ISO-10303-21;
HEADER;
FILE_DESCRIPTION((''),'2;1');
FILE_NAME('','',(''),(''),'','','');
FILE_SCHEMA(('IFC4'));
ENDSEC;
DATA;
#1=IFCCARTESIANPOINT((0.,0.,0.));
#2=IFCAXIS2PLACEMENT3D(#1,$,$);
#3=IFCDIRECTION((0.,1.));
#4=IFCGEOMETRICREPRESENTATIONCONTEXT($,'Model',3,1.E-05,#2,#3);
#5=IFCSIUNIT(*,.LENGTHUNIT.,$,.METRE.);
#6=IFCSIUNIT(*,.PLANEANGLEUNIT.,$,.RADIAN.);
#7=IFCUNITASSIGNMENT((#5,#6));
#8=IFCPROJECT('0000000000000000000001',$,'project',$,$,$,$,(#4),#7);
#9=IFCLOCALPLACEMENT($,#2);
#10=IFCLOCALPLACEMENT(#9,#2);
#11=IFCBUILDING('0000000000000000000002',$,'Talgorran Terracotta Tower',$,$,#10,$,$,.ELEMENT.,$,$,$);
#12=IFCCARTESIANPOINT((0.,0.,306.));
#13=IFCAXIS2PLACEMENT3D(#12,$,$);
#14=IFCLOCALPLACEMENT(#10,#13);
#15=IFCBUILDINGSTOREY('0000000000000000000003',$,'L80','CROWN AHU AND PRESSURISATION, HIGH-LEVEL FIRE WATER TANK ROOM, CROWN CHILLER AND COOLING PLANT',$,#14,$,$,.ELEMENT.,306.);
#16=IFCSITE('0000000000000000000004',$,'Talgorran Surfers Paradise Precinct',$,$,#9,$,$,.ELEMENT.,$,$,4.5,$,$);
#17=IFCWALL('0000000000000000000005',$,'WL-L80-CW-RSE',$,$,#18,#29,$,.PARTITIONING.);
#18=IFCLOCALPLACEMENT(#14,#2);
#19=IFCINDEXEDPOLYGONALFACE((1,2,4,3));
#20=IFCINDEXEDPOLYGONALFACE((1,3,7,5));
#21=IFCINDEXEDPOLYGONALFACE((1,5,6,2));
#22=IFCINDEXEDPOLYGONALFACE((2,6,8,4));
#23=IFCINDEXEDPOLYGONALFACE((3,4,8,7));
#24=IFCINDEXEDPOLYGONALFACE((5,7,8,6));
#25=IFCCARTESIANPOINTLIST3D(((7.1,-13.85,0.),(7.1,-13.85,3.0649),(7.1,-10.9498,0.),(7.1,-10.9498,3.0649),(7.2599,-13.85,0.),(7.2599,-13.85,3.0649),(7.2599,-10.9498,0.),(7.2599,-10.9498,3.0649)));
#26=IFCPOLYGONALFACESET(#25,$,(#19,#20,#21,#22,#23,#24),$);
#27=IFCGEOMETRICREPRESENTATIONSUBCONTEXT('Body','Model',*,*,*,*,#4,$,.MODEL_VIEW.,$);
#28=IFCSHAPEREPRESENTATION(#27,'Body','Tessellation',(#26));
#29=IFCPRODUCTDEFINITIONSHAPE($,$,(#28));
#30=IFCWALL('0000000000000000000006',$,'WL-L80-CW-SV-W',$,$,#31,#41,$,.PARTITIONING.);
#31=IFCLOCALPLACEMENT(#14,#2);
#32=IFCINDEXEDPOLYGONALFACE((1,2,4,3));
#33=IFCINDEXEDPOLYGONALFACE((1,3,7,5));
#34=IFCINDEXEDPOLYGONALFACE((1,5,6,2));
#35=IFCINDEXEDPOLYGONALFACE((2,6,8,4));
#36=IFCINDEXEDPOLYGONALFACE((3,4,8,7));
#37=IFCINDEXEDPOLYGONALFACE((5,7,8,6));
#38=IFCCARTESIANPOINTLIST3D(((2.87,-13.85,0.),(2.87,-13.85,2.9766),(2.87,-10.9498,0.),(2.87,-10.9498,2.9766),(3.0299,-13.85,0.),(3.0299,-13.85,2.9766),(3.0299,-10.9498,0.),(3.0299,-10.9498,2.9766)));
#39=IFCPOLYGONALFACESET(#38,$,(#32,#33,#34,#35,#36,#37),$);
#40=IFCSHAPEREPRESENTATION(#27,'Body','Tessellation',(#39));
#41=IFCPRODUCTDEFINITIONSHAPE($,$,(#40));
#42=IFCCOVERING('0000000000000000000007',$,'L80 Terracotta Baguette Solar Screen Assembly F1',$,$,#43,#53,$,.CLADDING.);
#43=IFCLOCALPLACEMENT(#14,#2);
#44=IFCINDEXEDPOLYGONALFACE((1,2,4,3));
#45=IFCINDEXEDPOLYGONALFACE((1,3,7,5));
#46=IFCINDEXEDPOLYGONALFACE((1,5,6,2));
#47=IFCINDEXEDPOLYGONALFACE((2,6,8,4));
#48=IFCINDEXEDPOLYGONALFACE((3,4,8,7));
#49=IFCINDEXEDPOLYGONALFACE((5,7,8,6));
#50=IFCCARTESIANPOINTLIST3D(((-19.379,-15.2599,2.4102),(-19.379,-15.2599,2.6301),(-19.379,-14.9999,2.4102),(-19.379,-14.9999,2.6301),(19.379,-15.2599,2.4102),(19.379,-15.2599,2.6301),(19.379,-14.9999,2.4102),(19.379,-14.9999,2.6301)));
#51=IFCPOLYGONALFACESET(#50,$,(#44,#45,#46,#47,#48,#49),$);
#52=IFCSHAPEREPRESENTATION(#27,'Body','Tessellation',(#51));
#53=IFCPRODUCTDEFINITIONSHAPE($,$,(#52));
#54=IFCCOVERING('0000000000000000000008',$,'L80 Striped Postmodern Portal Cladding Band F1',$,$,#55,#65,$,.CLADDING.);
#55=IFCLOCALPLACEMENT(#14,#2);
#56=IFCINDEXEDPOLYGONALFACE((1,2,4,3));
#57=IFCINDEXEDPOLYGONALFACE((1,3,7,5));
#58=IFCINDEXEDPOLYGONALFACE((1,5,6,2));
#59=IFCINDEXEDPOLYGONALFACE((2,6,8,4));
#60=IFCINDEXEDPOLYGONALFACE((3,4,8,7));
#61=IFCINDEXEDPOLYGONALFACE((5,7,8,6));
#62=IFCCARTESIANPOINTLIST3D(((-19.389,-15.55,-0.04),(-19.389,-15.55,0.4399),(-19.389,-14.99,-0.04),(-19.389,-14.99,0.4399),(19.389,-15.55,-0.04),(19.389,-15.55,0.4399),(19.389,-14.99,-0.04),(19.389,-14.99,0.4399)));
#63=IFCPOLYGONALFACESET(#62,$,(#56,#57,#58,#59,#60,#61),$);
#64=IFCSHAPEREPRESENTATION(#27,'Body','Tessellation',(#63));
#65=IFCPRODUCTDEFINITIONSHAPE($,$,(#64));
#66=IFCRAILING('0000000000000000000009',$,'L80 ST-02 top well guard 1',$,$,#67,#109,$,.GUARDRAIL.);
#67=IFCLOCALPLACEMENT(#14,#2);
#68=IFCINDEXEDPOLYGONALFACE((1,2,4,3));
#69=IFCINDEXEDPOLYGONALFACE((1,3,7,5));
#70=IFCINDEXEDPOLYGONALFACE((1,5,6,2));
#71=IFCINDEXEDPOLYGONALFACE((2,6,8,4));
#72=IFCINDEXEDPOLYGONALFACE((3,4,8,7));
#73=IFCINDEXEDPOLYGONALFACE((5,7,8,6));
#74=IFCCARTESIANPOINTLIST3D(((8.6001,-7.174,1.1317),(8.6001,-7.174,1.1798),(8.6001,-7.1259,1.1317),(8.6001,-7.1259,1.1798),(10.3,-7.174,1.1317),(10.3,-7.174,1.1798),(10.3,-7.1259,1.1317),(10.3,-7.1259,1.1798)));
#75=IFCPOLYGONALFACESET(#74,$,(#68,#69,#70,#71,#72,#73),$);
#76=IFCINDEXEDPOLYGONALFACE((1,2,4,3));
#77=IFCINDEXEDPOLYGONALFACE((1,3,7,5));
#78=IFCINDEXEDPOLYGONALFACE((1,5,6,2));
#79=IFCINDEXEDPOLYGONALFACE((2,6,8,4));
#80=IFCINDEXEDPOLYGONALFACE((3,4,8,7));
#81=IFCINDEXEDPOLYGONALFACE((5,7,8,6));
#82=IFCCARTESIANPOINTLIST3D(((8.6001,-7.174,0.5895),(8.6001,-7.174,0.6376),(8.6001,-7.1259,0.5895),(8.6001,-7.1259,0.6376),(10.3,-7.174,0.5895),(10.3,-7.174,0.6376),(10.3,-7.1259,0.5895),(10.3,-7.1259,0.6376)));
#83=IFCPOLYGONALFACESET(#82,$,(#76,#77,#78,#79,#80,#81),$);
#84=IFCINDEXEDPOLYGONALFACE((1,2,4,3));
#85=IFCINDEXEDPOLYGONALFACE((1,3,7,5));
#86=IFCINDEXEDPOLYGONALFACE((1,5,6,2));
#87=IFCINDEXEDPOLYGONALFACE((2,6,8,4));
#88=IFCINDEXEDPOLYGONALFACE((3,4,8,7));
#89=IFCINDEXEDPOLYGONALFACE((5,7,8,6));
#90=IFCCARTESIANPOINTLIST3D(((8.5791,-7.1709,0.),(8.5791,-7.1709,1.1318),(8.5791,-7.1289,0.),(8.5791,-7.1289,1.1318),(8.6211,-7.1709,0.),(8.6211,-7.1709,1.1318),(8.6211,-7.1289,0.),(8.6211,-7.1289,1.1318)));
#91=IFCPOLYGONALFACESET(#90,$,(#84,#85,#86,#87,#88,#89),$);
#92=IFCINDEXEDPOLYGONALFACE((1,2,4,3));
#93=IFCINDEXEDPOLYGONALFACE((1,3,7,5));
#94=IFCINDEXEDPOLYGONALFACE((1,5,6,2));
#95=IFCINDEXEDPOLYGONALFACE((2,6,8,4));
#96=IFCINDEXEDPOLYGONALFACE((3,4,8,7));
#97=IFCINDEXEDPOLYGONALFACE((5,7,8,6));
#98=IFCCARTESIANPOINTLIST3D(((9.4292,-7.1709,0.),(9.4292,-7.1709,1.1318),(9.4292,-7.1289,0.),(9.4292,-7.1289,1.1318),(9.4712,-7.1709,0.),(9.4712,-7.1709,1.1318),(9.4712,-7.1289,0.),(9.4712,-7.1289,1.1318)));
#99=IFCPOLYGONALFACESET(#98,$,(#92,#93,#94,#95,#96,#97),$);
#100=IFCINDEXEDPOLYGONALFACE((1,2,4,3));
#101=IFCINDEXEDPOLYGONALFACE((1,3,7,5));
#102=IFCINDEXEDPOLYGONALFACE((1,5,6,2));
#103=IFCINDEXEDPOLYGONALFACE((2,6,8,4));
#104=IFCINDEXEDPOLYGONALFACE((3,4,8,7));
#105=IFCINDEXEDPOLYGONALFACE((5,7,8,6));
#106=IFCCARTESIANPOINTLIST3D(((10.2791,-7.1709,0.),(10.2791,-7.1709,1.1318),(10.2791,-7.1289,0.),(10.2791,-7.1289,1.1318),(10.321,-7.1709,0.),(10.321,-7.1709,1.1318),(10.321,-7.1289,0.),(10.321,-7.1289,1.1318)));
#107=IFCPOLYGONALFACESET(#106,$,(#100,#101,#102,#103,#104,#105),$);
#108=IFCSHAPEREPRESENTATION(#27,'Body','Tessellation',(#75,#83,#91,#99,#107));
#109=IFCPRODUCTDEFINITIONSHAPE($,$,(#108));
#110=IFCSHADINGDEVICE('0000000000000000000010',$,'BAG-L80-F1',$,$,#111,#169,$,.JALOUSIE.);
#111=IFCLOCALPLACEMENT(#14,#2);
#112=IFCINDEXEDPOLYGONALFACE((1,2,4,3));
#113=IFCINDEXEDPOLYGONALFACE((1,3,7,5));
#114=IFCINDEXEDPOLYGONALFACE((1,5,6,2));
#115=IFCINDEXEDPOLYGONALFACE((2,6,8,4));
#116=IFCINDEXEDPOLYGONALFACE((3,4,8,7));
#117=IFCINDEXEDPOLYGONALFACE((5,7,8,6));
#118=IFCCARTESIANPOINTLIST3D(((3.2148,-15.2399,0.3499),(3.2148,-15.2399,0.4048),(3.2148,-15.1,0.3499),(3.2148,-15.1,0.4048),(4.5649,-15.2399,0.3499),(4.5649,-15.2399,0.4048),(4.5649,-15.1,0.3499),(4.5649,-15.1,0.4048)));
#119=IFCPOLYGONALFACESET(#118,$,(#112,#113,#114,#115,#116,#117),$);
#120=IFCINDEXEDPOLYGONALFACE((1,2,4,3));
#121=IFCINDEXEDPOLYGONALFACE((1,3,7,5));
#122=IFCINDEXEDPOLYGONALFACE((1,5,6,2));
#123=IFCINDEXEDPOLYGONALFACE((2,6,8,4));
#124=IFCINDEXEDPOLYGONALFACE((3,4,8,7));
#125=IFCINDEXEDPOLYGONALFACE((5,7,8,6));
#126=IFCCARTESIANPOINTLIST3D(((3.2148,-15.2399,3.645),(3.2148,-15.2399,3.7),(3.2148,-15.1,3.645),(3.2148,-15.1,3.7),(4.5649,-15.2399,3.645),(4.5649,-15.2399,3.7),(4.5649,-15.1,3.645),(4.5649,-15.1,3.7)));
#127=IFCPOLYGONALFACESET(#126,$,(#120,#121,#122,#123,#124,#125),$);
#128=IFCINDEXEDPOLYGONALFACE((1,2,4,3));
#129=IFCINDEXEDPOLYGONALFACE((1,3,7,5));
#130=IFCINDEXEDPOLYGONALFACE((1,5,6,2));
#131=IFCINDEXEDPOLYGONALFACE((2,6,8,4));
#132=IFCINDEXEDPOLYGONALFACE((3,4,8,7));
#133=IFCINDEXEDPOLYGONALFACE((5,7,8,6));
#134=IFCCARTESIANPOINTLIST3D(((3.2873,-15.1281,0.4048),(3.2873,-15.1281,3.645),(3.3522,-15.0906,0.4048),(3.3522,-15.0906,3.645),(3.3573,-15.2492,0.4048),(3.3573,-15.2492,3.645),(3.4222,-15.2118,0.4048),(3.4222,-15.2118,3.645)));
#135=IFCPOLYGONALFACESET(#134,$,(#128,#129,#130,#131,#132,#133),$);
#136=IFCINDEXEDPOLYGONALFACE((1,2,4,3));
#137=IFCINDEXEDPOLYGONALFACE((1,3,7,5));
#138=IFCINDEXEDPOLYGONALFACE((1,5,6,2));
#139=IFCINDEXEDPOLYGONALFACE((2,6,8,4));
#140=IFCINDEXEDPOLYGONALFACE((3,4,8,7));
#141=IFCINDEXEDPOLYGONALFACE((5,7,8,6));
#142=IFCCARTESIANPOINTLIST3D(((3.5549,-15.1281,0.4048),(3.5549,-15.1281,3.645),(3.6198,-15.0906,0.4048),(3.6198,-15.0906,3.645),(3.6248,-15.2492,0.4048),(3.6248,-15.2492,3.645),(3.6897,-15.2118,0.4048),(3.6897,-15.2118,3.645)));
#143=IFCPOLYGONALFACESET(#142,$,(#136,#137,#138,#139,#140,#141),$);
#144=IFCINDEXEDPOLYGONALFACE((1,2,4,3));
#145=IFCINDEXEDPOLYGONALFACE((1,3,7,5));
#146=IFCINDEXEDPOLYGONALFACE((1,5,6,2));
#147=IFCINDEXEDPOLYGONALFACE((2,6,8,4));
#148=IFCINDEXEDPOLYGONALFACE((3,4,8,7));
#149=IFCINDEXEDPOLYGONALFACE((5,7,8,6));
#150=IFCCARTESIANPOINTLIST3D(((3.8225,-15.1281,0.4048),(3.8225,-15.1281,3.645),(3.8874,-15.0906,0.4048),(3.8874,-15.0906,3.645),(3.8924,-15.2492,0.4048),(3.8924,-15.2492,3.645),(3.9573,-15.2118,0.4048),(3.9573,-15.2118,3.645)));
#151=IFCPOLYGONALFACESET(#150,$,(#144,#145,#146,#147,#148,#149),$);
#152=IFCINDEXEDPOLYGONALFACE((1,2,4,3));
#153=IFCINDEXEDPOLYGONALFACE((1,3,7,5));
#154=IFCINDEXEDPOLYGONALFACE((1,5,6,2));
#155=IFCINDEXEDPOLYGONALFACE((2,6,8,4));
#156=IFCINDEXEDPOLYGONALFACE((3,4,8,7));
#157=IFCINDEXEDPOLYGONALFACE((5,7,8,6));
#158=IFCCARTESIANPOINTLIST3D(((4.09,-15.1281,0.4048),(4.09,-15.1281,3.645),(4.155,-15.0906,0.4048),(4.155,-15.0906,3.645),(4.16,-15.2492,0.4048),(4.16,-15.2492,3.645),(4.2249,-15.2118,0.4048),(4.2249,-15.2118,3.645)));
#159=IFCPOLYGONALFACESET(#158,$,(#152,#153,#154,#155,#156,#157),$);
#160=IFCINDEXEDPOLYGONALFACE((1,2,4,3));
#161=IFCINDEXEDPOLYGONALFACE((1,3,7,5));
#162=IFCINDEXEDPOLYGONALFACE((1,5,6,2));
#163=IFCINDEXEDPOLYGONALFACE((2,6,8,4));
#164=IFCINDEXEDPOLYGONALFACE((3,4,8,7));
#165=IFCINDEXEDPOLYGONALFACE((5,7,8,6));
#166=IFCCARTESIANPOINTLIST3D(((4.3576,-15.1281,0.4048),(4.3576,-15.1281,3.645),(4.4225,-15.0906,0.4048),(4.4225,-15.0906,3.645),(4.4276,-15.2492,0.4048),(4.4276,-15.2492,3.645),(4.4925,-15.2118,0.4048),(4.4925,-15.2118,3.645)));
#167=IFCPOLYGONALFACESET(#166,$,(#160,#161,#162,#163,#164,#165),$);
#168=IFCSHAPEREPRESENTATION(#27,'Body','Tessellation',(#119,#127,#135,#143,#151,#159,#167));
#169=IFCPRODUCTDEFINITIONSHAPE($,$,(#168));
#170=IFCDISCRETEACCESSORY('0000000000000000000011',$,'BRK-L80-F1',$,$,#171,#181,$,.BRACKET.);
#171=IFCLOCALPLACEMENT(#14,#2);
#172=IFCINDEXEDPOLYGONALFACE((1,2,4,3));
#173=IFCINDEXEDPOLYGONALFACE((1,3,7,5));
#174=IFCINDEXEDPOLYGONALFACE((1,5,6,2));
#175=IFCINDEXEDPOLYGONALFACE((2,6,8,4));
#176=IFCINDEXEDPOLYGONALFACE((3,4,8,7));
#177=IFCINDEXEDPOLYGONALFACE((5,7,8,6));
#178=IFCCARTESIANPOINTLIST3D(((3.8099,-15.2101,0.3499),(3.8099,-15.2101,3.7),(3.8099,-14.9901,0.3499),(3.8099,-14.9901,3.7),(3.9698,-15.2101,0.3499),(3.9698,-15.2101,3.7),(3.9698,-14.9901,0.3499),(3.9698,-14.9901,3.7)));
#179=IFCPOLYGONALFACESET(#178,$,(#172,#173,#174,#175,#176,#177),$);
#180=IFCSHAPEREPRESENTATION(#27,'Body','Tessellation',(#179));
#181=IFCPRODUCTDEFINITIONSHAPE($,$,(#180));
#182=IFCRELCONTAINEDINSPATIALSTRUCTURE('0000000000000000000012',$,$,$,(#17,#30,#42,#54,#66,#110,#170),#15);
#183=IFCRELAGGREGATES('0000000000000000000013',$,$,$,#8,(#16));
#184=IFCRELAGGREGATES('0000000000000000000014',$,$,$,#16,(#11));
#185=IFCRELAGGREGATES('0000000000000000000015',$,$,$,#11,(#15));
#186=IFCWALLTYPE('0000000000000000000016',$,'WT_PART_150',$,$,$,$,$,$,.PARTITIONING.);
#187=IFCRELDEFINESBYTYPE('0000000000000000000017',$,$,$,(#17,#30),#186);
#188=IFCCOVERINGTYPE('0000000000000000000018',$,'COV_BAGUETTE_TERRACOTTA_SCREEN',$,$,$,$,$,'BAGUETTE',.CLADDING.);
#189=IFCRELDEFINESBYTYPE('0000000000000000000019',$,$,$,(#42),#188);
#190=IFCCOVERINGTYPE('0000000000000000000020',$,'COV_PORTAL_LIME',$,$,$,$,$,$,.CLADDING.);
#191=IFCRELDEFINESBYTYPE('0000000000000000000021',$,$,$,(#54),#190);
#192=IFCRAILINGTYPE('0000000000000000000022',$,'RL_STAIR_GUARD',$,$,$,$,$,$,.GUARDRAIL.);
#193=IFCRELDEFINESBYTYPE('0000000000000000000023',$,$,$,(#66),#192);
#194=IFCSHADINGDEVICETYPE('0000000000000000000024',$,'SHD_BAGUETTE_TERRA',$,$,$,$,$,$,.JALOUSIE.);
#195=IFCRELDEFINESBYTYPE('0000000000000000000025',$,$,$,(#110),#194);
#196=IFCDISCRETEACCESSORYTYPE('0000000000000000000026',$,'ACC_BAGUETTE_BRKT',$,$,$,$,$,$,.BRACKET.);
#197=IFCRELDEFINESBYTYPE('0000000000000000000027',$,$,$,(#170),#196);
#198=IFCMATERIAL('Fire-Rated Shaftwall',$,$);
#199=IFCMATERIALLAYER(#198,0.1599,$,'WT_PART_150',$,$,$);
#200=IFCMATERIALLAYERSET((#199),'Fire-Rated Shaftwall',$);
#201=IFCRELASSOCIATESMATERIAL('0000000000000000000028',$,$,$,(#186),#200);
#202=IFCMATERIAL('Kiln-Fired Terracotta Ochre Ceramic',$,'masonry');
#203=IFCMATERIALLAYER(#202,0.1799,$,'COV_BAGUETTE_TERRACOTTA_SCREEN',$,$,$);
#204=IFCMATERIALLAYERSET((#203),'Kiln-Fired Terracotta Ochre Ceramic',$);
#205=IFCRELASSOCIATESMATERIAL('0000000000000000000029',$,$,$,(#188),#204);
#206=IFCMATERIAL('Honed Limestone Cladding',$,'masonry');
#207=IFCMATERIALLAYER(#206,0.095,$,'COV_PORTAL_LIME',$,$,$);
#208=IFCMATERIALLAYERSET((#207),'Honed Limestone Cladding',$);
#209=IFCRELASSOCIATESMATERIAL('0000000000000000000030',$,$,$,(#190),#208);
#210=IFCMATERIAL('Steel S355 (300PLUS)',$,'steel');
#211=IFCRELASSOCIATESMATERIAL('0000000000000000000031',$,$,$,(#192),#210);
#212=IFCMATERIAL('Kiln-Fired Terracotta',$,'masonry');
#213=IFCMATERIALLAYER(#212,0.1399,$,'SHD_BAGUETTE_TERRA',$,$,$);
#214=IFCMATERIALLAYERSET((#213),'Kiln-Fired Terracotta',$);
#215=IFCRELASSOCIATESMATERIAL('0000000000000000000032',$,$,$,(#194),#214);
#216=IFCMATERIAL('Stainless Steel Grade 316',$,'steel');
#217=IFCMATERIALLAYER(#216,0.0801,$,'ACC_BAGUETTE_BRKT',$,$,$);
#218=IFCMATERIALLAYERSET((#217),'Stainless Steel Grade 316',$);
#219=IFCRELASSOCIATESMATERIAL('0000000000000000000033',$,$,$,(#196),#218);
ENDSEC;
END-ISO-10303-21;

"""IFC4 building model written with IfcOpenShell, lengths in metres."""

from ifc_helpers import new_model, si_unit, direction, frame, frame_2d, origin, origin_2d, place, context, subcontext, project, spatial, rectangle, extrude, source, transform, mapped, material, layer, layer_set, type_object, type_shapes, element, save


model = new_model("IFC4")

# Units and contexts
model_context = context("Model", 3, precision=1e-05, world=origin(), true_north=direction((0.0, 1.0)))
body_context = subcontext(model_context, "Body", "Model", "MODEL_VIEW")
ifc_project = project(units=[si_unit("LENGTHUNIT", "METRE"), si_unit("PLANEANGLEUNIT", "RADIAN")], contexts=[model_context])

# Site, building, storey
site_placement = place(None, origin())
site = spatial("IfcSite", under=ifc_project, at=site_placement, Name="Talgorran Surfers Paradise Precinct", CompositionType="ELEMENT", RefElevation=4.5)
building_placement = place(site_placement, origin())
building = spatial("IfcBuilding", under=site, at=building_placement, Name="Talgorran Terracotta Tower", CompositionType="ELEMENT")
storey_placement = place(building_placement, frame((0.0, 0.0, 306.0)))
storey = spatial("IfcBuildingStorey", under=building, at=storey_placement, Name="L80", Description="CROWN AHU AND PRESSURISATION, HIGH-LEVEL FIRE WATER TANK ROOM, CROWN CHILLER AND COOLING PLANT", CompositionType="ELEMENT", Elevation=306.0)

# Shared definitions
ifc_material_1 = material(Name="Steel S355 (300PLUS)", Category="steel")

# Walls
ifc_material_2 = material(Name="Fire-Rated Shaftwall")
ifc_layer_1 = layer(ifc_material_2, 0.1599, Name="WT_PART_150")
ifc_layer_set_1 = layer_set([ifc_layer_1], Name="Fire-Rated Shaftwall")
wall_type_1 = type_object("IfcWallType", Name="WT_PART_150", PredefinedType="PARTITIONING", material=ifc_layer_set_1)
wall_1_placement = place(storey_placement, frame((7.1799, -13.8501, 0.0), z_axis=(0.0, 0.0, 1.0), x_axis=(0.0, 1.0, 0.0)))
element("IfcWall", 1, at=wall_1_placement, inside=storey, type_object=wall_type_1, Name="WL-L80-CW-RSE", PredefinedType="PARTITIONING", context=body_context, shape_type="SweptSolid", body=[
    extrude(rectangle(XDim=2.9001, YDim=0.1599, at=frame_2d((1.4502, 0.0))), origin(), (0.0, 0.0, 1.0), 3.0649),
])
wall_2_placement = place(storey_placement, frame((2.95, -13.8501, 0.0), z_axis=(0.0, 0.0, 1.0), x_axis=(0.0, 1.0, 0.0)))
element("IfcWall", 2, at=wall_2_placement, inside=storey, type_object=wall_type_1, Name="WL-L80-CW-SV-W", PredefinedType="PARTITIONING", context=body_context, shape_type="SweptSolid", body=[
    extrude(rectangle(XDim=2.9001, YDim=0.1599, at=frame_2d((1.4502, 0.0))), origin(), (0.0, 0.0, 1.0), 2.9766),
])

# Coverings
ifc_material_3 = material(Name="Kiln-Fired Terracotta Ochre Ceramic", Category="masonry")
ifc_layer_2 = layer(ifc_material_3, 0.1799, Name="COV_BAGUETTE_TERRACOTTA_SCREEN")
ifc_layer_set_2 = layer_set([ifc_layer_2], Name="Kiln-Fired Terracotta Ochre Ceramic")
covering_type_1 = type_object("IfcCoveringType", Name="COV_BAGUETTE_TERRACOTTA_SCREEN", ElementType="BAGUETTE", PredefinedType="CLADDING", material=ifc_layer_set_2)
covering_1_placement = place(storey_placement, frame((0.0, -15.1299, 2.4102), z_axis=(0.0, 0.0, 1.0), x_axis=(1.0, 0.0, 0.0)))
element("IfcCovering", 3, at=covering_1_placement, inside=storey, type_object=covering_type_1, Name="L80 Terracotta Baguette Solar Screen Assembly F1", PredefinedType="CLADDING", context=body_context, shape_type="SweptSolid", body=[
    extrude(rectangle(XDim=38.7581, YDim=0.26, at=origin_2d()), origin(), (0.0, 0.0, 1.0), 0.22),
])
ifc_material_4 = material(Name="Honed Limestone Cladding", Category="masonry")
ifc_layer_3 = layer(ifc_material_4, 0.095, Name="COV_PORTAL_LIME")
ifc_layer_set_3 = layer_set([ifc_layer_3], Name="Honed Limestone Cladding")
covering_type_2 = type_object("IfcCoveringType", Name="COV_PORTAL_LIME", PredefinedType="CLADDING", material=ifc_layer_set_3)
covering_2_placement = place(storey_placement, frame((0.0, -15.27, -0.04), z_axis=(0.0, 0.0, 1.0), x_axis=(1.0, 0.0, 0.0)))
element("IfcCovering", 4, at=covering_2_placement, inside=storey, type_object=covering_type_2, Name="L80 Striped Postmodern Portal Cladding Band F1", PredefinedType="CLADDING", context=body_context, shape_type="SweptSolid", body=[
    extrude(rectangle(XDim=38.7781, YDim=0.5601, at=origin_2d()), origin(), (0.0, 0.0, 1.0), 0.48),
])

# Railing
railing_type = type_object("IfcRailingType", Name="RL_STAIR_GUARD", PredefinedType="GUARDRAIL", material=ifc_material_1)
railing_placement = place(storey_placement, frame((8.6001, -7.1499, 0.0)))
element("IfcRailing", 5, at=railing_placement, inside=storey, type_object=railing_type, Name="L80 ST-02 top well guard 1", PredefinedType="GUARDRAIL", context=body_context, shape_type="SweptSolid", body=[
    extrude(rectangle(XDim=0.0481, YDim=0.0481, at=origin_2d()), frame((0.0, 0.0, 1.1558), z_axis=(1.0, 0.0, 0.0), x_axis=(0.0, 1.0, 0.0)), (0.0, 0.0, 1.0), 1.7),
    extrude(rectangle(XDim=0.0481, YDim=0.0481, at=origin_2d()), frame((0.0, 0.0, 0.6135), z_axis=(1.0, 0.0, 0.0), x_axis=(0.0, 1.0, 0.0)), (0.0, 0.0, 1.0), 1.7),
    extrude(rectangle(XDim=0.042, YDim=0.042, at=origin_2d()), origin(), (0.0, 0.0, 1.0), 1.1318),
    extrude(rectangle(XDim=0.042, YDim=0.042, at=origin_2d()), frame((0.8501, 0.0, 0.0)), (0.0, 0.0, 1.0), 1.1318),
    extrude(rectangle(XDim=0.042, YDim=0.042, at=origin_2d()), frame((1.7, 0.0, 0.0)), (0.0, 0.0, 1.0), 1.1318),
])

# Shading device
ifc_material_5 = material(Name="Kiln-Fired Terracotta", Category="masonry")
ifc_layer_4 = layer(ifc_material_5, 0.1399, Name="SHD_BAGUETTE_TERRA")
ifc_layer_set_4 = layer_set([ifc_layer_4], Name="Kiln-Fired Terracotta")
shading_device_type = type_object("IfcShadingDeviceType", Name="SHD_BAGUETTE_TERRA", PredefinedType="JALOUSIE", material=ifc_layer_set_4)
shared_shape_1 = source(origin(), body_context, "Body", "SweptSolid", [
    extrude(rectangle(XDim=1.3501, YDim=0.1399, at=origin_2d()), origin(), (0.0, 0.0, 1.0), 0.0549),
    extrude(rectangle(XDim=1.3501, YDim=0.1399, at=origin_2d()), frame((0.0, 0.0, 3.2952)), (0.0, 0.0, 1.0), 0.0549),
    extrude(rectangle(XDim=0.075, YDim=0.1399, at=origin_2d()), frame((-0.5352, 0.0, 0.0549), z_axis=(0.0, 0.0, 1.0), x_axis=(0.866025, 0.5, 0.0)), (0.0, 0.0, 1.0), 3.2402),
    extrude(rectangle(XDim=0.075, YDim=0.1399, at=origin_2d()), frame((-0.2676, 0.0, 0.0549), z_axis=(0.0, 0.0, 1.0), x_axis=(0.866025, 0.5, 0.0)), (0.0, 0.0, 1.0), 3.2402),
    extrude(rectangle(XDim=0.075, YDim=0.1399, at=origin_2d()), frame((0.0, 0.0, 0.0549), z_axis=(0.0, 0.0, 1.0), x_axis=(0.866025, 0.5, 0.0)), (0.0, 0.0, 1.0), 3.2402),
    extrude(rectangle(XDim=0.075, YDim=0.1399, at=origin_2d()), frame((0.2676, 0.0, 0.0549), z_axis=(0.0, 0.0, 1.0), x_axis=(0.866025, 0.5, 0.0)), (0.0, 0.0, 1.0), 3.2402),
    extrude(rectangle(XDim=0.075, YDim=0.1399, at=origin_2d()), frame((0.5352, 0.0, 0.0549), z_axis=(0.0, 0.0, 1.0), x_axis=(0.866025, 0.5, 0.0)), (0.0, 0.0, 1.0), 3.2402),
])
type_shapes(shading_device_type, [shared_shape_1])
shading_device_placement = place(storey_placement, frame((3.8899, -15.1699, 0.3499), z_axis=(0.0, 0.0, 1.0), x_axis=(1.0, 0.0, 0.0)))
element("IfcShadingDevice", 6, at=shading_device_placement, inside=storey, type_object=shading_device_type, Name="BAG-L80-F1", PredefinedType="JALOUSIE", context=body_context, shape_type="MappedRepresentation", body=[
    mapped(shared_shape_1, transform((0.0, 0.0, 0.0), scale=1.0)),
])

# Discrete accessory
ifc_material_6 = material(Name="Stainless Steel Grade 316", Category="steel")
ifc_layer_5 = layer(ifc_material_6, 0.0801, Name="ACC_BAGUETTE_BRKT")
ifc_layer_set_5 = layer_set([ifc_layer_5], Name="Stainless Steel Grade 316")
discrete_accessory_type = type_object("IfcDiscreteAccessoryType", Name="ACC_BAGUETTE_BRKT", PredefinedType="BRACKET", material=ifc_layer_set_5)
shared_shape_2 = source(origin(), body_context, "Body", "SweptSolid", [
    extrude(rectangle(XDim=0.1599, YDim=0.22, at=origin_2d()), origin(), (0.0, 0.0, 1.0), 3.3501),
])
type_shapes(discrete_accessory_type, [shared_shape_2])
discrete_accessory_placement = place(storey_placement, frame((3.8899, -15.1001, 0.3499), z_axis=(0.0, 0.0, 1.0), x_axis=(1.0, 0.0, 0.0)))
element("IfcDiscreteAccessory", 7, at=discrete_accessory_placement, inside=storey, type_object=discrete_accessory_type, Name="BRK-L80-F1", PredefinedType="BRACKET", context=body_context, shape_type="MappedRepresentation", body=[
    mapped(shared_shape_2, transform((0.0, 0.0, 0.0), scale=1.0)),
])

save(model, "model.ifc")
